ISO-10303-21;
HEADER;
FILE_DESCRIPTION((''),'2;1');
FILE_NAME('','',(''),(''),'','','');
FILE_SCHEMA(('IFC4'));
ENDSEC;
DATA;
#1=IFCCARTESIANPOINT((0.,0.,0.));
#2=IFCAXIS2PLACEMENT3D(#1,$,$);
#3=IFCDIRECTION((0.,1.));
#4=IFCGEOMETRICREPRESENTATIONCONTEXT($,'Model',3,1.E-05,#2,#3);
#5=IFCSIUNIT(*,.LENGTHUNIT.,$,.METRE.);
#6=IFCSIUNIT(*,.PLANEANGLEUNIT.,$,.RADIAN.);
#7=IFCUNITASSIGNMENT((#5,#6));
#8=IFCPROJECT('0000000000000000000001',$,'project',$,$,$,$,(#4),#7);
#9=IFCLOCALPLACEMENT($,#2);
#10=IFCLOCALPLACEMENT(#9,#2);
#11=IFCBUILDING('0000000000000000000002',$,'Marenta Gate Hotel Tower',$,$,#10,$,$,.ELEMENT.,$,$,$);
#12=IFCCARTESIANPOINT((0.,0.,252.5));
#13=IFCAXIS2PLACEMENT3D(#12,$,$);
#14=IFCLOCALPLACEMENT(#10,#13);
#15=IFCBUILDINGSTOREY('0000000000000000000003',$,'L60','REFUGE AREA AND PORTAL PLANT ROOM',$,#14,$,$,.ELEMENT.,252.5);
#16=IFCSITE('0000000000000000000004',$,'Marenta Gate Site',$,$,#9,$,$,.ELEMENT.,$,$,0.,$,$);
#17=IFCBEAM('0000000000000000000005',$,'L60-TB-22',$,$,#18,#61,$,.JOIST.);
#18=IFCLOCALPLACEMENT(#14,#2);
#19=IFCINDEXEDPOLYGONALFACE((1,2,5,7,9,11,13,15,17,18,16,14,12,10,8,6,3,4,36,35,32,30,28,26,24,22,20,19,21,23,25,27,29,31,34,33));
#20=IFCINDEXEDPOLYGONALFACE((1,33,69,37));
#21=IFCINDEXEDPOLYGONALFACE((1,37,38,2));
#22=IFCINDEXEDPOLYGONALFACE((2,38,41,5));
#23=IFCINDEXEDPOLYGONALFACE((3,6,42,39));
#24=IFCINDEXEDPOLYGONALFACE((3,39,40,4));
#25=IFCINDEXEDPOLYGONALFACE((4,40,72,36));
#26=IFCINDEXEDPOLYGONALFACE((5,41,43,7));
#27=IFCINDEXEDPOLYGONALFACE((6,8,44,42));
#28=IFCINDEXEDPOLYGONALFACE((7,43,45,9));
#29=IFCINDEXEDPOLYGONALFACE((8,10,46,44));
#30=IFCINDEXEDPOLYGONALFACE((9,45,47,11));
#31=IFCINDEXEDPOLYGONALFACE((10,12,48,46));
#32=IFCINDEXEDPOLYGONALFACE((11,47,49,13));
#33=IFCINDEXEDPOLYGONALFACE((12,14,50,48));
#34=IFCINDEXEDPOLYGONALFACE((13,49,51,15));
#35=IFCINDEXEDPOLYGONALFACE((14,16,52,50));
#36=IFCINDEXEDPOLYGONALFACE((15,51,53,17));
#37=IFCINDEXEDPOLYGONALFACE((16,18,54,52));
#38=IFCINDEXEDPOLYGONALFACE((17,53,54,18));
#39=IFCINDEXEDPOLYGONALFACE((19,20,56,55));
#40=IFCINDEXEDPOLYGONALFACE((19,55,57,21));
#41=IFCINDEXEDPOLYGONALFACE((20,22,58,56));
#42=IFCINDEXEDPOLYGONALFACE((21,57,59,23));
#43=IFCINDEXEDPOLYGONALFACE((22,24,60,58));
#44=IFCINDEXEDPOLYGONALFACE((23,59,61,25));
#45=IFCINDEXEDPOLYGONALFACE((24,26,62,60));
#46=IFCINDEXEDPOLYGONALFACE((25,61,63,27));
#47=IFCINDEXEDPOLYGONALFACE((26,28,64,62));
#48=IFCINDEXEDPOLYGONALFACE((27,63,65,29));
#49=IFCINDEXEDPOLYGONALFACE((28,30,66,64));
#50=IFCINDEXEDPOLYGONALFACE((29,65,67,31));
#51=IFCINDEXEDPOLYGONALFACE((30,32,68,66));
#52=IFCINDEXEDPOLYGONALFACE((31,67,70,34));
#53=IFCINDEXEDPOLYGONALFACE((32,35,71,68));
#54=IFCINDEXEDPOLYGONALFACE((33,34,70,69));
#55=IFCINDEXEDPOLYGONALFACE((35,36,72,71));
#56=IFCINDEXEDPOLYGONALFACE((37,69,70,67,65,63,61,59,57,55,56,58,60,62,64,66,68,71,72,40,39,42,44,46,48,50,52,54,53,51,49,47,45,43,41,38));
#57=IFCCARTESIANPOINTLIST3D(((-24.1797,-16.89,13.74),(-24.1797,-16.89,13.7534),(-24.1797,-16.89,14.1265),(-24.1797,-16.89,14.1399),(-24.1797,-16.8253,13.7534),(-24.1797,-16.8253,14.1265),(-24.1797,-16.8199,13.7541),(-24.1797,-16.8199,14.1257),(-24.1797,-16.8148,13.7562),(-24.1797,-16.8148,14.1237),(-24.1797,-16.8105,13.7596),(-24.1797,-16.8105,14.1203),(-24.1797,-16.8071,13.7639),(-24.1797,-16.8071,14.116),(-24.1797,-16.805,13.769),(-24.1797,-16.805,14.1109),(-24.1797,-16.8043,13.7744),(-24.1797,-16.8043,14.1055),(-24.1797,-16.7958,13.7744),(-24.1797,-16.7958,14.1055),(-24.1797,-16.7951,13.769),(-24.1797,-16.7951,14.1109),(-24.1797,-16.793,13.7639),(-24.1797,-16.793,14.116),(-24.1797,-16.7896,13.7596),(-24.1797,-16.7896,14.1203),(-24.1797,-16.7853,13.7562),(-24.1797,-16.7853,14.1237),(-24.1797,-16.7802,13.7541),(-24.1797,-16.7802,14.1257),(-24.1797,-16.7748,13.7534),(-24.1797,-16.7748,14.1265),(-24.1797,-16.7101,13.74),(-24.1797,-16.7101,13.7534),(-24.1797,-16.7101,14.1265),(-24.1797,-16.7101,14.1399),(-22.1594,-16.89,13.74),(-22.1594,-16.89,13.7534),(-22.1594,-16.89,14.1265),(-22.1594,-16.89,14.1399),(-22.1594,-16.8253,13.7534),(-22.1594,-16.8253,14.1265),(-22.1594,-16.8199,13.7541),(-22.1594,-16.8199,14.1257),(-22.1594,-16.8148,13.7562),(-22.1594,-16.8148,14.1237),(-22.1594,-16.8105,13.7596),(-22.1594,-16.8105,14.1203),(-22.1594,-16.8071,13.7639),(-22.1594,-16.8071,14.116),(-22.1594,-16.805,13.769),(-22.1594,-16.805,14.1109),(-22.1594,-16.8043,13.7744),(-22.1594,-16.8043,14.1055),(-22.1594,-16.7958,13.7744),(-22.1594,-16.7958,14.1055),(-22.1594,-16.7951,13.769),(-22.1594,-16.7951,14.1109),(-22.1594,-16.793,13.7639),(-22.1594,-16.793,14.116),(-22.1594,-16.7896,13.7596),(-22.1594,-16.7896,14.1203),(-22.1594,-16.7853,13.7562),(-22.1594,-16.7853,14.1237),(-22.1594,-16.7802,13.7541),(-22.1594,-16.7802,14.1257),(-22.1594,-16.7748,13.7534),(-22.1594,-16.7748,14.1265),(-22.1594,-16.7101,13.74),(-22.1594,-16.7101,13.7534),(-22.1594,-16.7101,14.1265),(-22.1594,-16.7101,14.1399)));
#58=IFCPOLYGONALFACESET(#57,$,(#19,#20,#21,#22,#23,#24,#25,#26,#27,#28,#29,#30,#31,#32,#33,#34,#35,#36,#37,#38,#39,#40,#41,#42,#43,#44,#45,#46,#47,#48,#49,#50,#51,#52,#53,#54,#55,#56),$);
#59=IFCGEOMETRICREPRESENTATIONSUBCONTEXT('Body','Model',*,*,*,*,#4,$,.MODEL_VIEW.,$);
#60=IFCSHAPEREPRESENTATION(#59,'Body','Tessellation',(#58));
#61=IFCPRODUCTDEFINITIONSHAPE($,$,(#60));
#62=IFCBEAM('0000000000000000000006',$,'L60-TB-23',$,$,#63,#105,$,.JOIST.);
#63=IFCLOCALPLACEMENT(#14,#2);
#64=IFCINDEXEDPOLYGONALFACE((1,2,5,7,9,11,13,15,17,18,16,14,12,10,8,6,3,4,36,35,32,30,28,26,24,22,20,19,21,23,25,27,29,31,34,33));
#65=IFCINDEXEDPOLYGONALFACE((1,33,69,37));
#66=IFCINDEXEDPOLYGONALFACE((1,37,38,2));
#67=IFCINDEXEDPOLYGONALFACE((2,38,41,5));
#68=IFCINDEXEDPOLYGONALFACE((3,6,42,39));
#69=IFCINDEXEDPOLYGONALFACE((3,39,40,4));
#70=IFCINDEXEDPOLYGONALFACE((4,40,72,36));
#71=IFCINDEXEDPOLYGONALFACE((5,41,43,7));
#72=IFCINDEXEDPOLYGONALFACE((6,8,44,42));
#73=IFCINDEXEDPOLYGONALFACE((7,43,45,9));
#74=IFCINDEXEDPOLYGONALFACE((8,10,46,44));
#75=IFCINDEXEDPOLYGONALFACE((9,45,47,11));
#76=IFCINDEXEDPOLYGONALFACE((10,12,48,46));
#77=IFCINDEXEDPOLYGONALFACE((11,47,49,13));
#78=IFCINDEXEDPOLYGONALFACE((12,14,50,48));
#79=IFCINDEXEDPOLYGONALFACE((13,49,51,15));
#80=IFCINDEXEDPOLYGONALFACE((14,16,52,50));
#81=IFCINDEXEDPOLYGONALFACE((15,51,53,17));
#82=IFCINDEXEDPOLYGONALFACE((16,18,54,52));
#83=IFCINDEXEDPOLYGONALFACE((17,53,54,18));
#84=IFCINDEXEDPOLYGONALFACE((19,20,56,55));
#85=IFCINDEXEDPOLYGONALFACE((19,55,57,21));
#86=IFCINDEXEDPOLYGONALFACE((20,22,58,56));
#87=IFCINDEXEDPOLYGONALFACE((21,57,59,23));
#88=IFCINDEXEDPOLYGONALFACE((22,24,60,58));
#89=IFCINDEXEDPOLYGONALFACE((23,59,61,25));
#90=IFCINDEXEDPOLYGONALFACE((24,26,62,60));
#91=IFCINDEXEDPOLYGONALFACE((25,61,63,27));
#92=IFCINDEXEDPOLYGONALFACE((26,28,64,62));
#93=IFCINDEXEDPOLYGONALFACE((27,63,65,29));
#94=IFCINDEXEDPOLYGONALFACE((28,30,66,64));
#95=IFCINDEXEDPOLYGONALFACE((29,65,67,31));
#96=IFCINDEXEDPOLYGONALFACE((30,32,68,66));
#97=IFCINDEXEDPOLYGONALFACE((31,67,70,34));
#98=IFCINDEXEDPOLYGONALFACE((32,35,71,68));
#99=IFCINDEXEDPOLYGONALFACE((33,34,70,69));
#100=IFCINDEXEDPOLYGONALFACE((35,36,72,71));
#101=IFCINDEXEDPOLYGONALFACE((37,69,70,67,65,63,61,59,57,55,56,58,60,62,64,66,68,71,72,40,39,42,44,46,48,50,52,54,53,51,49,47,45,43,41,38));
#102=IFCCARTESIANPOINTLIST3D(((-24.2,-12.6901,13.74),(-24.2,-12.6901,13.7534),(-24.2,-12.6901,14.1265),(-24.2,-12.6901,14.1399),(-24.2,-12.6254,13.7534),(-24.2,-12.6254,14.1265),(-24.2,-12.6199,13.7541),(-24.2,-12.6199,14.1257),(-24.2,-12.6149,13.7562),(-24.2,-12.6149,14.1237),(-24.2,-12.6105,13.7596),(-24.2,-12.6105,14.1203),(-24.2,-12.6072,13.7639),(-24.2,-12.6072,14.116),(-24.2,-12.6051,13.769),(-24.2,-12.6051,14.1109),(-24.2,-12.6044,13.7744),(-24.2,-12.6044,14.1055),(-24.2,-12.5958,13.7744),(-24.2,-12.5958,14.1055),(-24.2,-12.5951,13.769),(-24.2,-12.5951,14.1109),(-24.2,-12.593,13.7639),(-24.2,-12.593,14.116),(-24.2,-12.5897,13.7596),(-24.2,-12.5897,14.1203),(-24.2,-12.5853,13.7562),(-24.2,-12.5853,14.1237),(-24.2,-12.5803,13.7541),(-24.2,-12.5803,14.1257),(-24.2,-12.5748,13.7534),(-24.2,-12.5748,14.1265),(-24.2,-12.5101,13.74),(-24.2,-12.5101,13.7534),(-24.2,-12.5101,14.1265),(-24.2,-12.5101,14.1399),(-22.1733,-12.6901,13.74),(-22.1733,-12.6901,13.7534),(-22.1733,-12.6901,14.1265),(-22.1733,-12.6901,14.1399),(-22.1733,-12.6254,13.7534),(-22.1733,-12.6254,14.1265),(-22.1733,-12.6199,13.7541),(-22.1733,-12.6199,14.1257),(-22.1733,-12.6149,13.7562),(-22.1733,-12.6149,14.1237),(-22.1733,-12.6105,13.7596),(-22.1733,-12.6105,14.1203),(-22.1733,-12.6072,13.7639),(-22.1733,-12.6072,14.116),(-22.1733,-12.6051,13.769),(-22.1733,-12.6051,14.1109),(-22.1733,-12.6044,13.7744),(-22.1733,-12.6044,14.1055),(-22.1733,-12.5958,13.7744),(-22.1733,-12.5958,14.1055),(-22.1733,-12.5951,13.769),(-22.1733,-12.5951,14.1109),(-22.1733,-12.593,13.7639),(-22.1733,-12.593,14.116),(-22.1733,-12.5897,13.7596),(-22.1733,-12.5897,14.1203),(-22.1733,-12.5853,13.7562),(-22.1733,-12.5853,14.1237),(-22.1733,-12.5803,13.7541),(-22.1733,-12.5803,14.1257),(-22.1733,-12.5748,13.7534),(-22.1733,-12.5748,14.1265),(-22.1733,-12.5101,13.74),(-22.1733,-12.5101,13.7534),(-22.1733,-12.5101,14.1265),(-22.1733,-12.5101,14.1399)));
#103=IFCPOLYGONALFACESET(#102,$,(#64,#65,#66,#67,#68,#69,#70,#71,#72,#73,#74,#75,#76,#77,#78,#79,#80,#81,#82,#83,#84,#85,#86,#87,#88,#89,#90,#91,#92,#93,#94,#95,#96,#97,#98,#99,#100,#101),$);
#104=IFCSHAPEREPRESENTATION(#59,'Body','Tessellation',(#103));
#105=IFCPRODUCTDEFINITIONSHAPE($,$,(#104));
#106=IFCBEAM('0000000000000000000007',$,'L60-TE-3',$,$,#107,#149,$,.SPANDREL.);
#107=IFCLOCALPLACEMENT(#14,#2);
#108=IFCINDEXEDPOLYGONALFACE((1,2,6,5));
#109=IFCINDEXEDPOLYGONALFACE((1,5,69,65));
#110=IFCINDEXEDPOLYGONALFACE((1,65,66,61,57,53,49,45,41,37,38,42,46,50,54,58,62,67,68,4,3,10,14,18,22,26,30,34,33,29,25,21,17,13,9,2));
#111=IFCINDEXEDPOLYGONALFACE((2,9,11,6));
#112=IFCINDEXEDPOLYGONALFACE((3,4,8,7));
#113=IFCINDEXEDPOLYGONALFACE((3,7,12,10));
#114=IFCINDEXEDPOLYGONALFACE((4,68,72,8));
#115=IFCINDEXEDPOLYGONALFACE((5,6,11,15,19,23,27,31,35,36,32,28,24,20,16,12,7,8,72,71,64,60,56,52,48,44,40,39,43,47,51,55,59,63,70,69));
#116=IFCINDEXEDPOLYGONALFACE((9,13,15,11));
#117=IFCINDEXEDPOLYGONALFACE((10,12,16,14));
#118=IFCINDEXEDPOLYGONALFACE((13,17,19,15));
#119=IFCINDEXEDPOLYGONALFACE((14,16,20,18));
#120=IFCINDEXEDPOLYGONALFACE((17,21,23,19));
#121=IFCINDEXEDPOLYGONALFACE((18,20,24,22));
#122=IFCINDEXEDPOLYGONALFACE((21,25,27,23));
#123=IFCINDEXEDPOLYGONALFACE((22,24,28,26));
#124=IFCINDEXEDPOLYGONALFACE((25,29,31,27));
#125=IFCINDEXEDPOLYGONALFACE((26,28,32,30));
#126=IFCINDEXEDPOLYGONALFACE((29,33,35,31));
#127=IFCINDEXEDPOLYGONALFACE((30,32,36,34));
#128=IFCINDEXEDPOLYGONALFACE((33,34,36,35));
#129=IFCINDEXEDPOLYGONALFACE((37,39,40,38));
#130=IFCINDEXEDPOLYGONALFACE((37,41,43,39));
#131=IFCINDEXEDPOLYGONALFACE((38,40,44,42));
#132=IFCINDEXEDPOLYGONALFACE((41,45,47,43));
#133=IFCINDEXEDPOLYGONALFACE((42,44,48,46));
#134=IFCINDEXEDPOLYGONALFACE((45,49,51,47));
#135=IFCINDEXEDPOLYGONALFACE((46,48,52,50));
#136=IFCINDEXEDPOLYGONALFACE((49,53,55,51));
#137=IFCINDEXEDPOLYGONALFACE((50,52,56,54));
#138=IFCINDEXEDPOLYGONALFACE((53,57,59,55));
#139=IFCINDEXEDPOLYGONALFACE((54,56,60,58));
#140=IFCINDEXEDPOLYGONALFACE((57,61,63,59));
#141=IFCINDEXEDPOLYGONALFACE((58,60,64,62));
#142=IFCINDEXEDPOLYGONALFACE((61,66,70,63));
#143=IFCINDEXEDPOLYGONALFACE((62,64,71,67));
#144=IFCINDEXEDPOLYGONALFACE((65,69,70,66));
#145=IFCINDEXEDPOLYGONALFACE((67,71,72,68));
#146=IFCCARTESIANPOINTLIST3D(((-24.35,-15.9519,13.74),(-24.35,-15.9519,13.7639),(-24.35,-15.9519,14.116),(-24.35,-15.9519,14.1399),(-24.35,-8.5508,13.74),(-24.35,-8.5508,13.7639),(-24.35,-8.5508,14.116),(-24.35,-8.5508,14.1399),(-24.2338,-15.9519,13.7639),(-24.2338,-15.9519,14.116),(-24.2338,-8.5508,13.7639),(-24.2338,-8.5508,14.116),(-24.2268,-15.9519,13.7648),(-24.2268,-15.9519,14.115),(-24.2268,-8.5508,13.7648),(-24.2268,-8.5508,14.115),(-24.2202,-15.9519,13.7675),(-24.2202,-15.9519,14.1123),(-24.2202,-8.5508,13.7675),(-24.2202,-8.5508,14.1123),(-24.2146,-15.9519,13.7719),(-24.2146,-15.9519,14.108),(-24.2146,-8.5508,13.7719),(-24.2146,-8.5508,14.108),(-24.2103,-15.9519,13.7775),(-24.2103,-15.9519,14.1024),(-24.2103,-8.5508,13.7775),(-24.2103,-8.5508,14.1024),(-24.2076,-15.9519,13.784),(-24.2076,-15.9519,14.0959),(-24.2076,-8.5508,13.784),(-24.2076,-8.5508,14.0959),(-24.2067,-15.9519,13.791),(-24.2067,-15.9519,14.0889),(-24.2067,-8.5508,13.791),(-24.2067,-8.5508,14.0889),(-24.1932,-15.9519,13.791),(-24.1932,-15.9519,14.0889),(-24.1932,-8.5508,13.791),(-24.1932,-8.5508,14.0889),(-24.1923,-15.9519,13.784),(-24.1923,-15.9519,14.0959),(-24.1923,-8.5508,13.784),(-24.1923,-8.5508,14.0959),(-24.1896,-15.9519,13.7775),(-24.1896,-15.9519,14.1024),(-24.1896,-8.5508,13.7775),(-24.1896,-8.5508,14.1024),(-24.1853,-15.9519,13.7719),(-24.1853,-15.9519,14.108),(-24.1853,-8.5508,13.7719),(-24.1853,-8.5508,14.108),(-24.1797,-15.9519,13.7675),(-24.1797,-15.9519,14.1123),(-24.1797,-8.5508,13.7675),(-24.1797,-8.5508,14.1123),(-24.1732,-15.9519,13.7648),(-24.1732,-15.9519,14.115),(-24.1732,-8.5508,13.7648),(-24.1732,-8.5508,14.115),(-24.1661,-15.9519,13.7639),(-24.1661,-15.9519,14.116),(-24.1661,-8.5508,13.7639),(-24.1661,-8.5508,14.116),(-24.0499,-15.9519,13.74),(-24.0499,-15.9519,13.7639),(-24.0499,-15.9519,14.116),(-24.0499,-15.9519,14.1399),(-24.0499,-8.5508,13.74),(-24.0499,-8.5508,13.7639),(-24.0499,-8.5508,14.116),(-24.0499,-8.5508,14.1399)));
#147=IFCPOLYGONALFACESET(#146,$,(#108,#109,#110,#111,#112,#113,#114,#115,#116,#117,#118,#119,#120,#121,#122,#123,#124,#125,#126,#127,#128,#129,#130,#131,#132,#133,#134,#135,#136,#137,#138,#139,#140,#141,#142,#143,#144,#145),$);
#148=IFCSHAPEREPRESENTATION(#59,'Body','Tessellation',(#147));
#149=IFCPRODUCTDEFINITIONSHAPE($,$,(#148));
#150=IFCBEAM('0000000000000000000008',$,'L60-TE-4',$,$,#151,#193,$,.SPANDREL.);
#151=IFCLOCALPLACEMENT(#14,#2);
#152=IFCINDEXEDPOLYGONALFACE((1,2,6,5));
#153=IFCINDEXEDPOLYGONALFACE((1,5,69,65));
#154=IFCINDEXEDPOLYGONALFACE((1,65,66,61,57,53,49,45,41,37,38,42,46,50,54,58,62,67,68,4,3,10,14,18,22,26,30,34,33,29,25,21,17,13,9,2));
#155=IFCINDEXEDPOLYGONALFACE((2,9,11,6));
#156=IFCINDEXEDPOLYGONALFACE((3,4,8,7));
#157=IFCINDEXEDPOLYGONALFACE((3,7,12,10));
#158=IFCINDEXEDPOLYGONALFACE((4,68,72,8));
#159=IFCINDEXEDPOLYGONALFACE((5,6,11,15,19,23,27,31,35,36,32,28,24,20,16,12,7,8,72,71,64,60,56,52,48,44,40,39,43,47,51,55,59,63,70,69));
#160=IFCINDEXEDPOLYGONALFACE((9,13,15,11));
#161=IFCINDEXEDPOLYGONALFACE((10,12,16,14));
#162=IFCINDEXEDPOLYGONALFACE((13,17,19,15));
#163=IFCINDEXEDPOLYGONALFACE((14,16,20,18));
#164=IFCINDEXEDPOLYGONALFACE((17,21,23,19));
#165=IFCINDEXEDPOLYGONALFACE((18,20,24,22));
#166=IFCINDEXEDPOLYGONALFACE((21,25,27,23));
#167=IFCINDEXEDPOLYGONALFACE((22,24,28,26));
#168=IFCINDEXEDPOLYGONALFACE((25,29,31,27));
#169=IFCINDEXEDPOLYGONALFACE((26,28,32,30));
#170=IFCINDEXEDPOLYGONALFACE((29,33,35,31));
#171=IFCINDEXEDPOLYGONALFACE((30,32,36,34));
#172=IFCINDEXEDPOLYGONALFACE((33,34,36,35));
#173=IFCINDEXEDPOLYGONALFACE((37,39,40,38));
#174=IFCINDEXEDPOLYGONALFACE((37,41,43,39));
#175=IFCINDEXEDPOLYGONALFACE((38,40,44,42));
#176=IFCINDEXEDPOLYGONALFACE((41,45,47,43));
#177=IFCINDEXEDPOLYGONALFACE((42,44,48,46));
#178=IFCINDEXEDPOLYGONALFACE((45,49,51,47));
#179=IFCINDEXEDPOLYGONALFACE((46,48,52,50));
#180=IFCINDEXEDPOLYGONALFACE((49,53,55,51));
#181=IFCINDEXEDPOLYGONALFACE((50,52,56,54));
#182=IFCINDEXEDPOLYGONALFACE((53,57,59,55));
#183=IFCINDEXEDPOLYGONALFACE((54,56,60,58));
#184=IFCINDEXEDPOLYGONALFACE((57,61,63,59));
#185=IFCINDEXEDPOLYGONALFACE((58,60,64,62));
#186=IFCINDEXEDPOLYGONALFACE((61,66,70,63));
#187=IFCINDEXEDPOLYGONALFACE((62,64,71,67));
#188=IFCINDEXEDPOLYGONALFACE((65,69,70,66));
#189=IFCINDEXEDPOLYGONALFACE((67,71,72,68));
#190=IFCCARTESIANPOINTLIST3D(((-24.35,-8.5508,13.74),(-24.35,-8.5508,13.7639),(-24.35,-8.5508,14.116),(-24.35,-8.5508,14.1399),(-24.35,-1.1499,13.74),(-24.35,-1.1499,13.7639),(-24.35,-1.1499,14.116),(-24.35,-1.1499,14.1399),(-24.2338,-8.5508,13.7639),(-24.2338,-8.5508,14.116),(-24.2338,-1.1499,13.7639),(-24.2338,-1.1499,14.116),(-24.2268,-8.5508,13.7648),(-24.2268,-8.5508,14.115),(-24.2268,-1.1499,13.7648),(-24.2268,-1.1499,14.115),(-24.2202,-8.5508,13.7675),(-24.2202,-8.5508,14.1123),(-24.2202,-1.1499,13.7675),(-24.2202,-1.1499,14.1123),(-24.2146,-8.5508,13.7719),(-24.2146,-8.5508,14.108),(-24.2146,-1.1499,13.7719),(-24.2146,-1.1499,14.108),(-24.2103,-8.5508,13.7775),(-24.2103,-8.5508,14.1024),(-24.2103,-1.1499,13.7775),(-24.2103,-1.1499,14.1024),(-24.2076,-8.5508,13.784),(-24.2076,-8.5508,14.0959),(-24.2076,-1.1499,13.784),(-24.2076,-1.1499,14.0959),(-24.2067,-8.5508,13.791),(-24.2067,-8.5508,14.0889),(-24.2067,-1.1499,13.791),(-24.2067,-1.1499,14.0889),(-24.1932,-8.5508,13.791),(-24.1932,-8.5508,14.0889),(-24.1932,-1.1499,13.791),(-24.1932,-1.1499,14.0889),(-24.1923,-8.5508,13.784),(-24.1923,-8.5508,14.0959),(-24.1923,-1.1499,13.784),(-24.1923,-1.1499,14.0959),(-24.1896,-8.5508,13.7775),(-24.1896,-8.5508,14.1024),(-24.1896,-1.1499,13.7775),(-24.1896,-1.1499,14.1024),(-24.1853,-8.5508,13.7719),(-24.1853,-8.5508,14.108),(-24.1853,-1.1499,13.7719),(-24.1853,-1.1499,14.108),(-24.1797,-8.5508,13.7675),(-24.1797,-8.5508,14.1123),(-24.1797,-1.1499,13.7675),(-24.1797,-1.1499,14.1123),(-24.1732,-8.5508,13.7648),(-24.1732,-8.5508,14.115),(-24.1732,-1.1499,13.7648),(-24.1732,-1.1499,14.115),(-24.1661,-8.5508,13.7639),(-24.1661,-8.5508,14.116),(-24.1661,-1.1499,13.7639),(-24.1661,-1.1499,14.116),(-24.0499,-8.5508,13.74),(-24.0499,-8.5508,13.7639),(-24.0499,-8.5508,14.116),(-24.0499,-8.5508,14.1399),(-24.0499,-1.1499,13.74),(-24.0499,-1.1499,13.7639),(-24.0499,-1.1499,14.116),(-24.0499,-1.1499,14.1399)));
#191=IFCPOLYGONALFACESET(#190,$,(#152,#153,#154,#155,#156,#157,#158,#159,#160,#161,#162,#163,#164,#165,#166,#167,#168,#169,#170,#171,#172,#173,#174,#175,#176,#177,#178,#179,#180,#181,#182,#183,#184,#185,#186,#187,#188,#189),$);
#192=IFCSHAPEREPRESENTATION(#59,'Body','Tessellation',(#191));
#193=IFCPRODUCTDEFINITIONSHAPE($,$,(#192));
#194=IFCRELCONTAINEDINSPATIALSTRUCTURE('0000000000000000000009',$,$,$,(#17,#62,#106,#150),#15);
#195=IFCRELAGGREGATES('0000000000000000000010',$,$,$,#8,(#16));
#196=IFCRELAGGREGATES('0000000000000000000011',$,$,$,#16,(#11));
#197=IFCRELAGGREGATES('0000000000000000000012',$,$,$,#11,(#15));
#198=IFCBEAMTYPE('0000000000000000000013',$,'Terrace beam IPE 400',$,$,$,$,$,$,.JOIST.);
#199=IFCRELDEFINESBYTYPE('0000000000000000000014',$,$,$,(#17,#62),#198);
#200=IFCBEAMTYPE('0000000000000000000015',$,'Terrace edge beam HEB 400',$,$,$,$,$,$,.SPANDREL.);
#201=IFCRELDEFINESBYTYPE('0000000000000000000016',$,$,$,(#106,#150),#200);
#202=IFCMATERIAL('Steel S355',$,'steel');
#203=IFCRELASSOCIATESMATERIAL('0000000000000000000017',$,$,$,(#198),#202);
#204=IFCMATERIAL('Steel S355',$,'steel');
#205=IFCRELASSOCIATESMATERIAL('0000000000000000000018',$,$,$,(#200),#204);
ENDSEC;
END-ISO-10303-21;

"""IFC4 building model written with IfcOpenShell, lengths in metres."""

from ifc_helpers import new_model, si_unit, direction, frame, origin, origin_2d, place, context, subcontext, project, spatial, i_section, extrude, material, material_profile, profile_set, type_object, element, save


model = new_model("IFC4")

# Units and contexts
model_context = context("Model", 3, precision=1e-05, world=origin(), true_north=direction((0.0, 1.0)))
body_context = subcontext(model_context, "Body", "Model", "MODEL_VIEW")
ifc_project = project(units=[si_unit("LENGTHUNIT", "METRE"), si_unit("PLANEANGLEUNIT", "RADIAN")], contexts=[model_context])

# Site, building, storey
site_placement = place(None, origin())
site = spatial("IfcSite", under=ifc_project, at=site_placement, Name="Marenta Gate Site", CompositionType="ELEMENT", RefElevation=0.0)
building_placement = place(site_placement, origin())
building = spatial("IfcBuilding", under=site, at=building_placement, Name="Marenta Gate Hotel Tower", CompositionType="ELEMENT")
storey_placement = place(building_placement, frame((0.0, 0.0, 252.5)))
storey = spatial("IfcBuildingStorey", under=building, at=storey_placement, Name="L60", Description="REFUGE AREA AND PORTAL PLANT ROOM", CompositionType="ELEMENT", Elevation=252.5)

# Beams
ifc_material_1 = material(Name="Steel S355", Category="steel")
ifc_material_profile_1 = material_profile(ifc_material_1, i_section(OverallWidth=0.1799, OverallDepth=0.3999, WebThickness=0.0085, FlangeThickness=0.0134, FilletRadius=0.021, at=origin_2d()), Name="IPE 400")
ifc_profile_set_1 = profile_set([ifc_material_profile_1], Name="Steel S355")
beam_type_1 = type_object("IfcBeamType", Name="Terrace beam IPE 400", PredefinedType="JOIST", material=ifc_profile_set_1)
beam_1_placement = place(storey_placement, frame((-24.1797, -16.8, 13.9399), z_axis=(1.0, 0.0, 0.0), x_axis=(0.0, 1.0, 0.0)))
element("IfcBeam", 1, at=beam_1_placement, inside=storey, type_object=beam_type_1, Name="L60-TB-22", PredefinedType="JOIST", context=body_context, shape_type="SweptSolid", body=[
    extrude(i_section(OverallWidth=0.1799, OverallDepth=0.3999, WebThickness=0.0085, FlangeThickness=0.0134, FilletRadius=0.021, at=origin_2d()), origin(), (0.0, 0.0, 1.0), 2.0203),
])
beam_2_placement = place(storey_placement, frame((-24.2, -12.6001, 13.9399), z_axis=(1.0, 0.0, 0.0), x_axis=(0.0, 1.0, 0.0)))
element("IfcBeam", 2, at=beam_2_placement, inside=storey, type_object=beam_type_1, Name="L60-TB-23", PredefinedType="JOIST", context=body_context, shape_type="SweptSolid", body=[
    extrude(i_section(OverallWidth=0.1799, OverallDepth=0.3999, WebThickness=0.0085, FlangeThickness=0.0134, FilletRadius=0.021, at=origin_2d()), origin(), (0.0, 0.0, 1.0), 2.0266),
])
ifc_material_2 = material(Name="Steel S355", Category="steel")
ifc_material_profile_2 = material_profile(ifc_material_2, i_section(OverallWidth=0.3, OverallDepth=0.3999, WebThickness=0.0134, FlangeThickness=0.0239, FilletRadius=0.0271, at=origin_2d()), Name="HEB 400")
ifc_profile_set_2 = profile_set([ifc_material_profile_2], Name="Steel S355")
beam_type_2 = type_object("IfcBeamType", Name="Terrace edge beam HEB 400", PredefinedType="SPANDREL", material=ifc_profile_set_2)
beam_3_placement = place(storey_placement, frame((-24.2, -15.9519, 13.9399), z_axis=(0.0, 1.0, 0.0), x_axis=(-1.0, 0.0, 0.0)))
element("IfcBeam", 3, at=beam_3_placement, inside=storey, type_object=beam_type_2, Name="L60-TE-3", PredefinedType="SPANDREL", context=body_context, shape_type="SweptSolid", body=[
    extrude(i_section(OverallWidth=0.3, OverallDepth=0.3999, WebThickness=0.0134, FlangeThickness=0.0239, FilletRadius=0.0271, at=origin_2d()), origin(), (0.0, 0.0, 1.0), 7.4011),
])
beam_4_placement = place(storey_placement, frame((-24.2, -8.5508, 13.9399), z_axis=(0.0, 1.0, 0.0), x_axis=(-1.0, 0.0, 0.0)))
element("IfcBeam", 4, at=beam_4_placement, inside=storey, type_object=beam_type_2, Name="L60-TE-4", PredefinedType="SPANDREL", context=body_context, shape_type="SweptSolid", body=[
    extrude(i_section(OverallWidth=0.3, OverallDepth=0.3999, WebThickness=0.0134, FlangeThickness=0.0239, FilletRadius=0.0271, at=origin_2d()), origin(), (0.0, 0.0, 1.0), 7.4009),
])

save(model, "model.ifc")
